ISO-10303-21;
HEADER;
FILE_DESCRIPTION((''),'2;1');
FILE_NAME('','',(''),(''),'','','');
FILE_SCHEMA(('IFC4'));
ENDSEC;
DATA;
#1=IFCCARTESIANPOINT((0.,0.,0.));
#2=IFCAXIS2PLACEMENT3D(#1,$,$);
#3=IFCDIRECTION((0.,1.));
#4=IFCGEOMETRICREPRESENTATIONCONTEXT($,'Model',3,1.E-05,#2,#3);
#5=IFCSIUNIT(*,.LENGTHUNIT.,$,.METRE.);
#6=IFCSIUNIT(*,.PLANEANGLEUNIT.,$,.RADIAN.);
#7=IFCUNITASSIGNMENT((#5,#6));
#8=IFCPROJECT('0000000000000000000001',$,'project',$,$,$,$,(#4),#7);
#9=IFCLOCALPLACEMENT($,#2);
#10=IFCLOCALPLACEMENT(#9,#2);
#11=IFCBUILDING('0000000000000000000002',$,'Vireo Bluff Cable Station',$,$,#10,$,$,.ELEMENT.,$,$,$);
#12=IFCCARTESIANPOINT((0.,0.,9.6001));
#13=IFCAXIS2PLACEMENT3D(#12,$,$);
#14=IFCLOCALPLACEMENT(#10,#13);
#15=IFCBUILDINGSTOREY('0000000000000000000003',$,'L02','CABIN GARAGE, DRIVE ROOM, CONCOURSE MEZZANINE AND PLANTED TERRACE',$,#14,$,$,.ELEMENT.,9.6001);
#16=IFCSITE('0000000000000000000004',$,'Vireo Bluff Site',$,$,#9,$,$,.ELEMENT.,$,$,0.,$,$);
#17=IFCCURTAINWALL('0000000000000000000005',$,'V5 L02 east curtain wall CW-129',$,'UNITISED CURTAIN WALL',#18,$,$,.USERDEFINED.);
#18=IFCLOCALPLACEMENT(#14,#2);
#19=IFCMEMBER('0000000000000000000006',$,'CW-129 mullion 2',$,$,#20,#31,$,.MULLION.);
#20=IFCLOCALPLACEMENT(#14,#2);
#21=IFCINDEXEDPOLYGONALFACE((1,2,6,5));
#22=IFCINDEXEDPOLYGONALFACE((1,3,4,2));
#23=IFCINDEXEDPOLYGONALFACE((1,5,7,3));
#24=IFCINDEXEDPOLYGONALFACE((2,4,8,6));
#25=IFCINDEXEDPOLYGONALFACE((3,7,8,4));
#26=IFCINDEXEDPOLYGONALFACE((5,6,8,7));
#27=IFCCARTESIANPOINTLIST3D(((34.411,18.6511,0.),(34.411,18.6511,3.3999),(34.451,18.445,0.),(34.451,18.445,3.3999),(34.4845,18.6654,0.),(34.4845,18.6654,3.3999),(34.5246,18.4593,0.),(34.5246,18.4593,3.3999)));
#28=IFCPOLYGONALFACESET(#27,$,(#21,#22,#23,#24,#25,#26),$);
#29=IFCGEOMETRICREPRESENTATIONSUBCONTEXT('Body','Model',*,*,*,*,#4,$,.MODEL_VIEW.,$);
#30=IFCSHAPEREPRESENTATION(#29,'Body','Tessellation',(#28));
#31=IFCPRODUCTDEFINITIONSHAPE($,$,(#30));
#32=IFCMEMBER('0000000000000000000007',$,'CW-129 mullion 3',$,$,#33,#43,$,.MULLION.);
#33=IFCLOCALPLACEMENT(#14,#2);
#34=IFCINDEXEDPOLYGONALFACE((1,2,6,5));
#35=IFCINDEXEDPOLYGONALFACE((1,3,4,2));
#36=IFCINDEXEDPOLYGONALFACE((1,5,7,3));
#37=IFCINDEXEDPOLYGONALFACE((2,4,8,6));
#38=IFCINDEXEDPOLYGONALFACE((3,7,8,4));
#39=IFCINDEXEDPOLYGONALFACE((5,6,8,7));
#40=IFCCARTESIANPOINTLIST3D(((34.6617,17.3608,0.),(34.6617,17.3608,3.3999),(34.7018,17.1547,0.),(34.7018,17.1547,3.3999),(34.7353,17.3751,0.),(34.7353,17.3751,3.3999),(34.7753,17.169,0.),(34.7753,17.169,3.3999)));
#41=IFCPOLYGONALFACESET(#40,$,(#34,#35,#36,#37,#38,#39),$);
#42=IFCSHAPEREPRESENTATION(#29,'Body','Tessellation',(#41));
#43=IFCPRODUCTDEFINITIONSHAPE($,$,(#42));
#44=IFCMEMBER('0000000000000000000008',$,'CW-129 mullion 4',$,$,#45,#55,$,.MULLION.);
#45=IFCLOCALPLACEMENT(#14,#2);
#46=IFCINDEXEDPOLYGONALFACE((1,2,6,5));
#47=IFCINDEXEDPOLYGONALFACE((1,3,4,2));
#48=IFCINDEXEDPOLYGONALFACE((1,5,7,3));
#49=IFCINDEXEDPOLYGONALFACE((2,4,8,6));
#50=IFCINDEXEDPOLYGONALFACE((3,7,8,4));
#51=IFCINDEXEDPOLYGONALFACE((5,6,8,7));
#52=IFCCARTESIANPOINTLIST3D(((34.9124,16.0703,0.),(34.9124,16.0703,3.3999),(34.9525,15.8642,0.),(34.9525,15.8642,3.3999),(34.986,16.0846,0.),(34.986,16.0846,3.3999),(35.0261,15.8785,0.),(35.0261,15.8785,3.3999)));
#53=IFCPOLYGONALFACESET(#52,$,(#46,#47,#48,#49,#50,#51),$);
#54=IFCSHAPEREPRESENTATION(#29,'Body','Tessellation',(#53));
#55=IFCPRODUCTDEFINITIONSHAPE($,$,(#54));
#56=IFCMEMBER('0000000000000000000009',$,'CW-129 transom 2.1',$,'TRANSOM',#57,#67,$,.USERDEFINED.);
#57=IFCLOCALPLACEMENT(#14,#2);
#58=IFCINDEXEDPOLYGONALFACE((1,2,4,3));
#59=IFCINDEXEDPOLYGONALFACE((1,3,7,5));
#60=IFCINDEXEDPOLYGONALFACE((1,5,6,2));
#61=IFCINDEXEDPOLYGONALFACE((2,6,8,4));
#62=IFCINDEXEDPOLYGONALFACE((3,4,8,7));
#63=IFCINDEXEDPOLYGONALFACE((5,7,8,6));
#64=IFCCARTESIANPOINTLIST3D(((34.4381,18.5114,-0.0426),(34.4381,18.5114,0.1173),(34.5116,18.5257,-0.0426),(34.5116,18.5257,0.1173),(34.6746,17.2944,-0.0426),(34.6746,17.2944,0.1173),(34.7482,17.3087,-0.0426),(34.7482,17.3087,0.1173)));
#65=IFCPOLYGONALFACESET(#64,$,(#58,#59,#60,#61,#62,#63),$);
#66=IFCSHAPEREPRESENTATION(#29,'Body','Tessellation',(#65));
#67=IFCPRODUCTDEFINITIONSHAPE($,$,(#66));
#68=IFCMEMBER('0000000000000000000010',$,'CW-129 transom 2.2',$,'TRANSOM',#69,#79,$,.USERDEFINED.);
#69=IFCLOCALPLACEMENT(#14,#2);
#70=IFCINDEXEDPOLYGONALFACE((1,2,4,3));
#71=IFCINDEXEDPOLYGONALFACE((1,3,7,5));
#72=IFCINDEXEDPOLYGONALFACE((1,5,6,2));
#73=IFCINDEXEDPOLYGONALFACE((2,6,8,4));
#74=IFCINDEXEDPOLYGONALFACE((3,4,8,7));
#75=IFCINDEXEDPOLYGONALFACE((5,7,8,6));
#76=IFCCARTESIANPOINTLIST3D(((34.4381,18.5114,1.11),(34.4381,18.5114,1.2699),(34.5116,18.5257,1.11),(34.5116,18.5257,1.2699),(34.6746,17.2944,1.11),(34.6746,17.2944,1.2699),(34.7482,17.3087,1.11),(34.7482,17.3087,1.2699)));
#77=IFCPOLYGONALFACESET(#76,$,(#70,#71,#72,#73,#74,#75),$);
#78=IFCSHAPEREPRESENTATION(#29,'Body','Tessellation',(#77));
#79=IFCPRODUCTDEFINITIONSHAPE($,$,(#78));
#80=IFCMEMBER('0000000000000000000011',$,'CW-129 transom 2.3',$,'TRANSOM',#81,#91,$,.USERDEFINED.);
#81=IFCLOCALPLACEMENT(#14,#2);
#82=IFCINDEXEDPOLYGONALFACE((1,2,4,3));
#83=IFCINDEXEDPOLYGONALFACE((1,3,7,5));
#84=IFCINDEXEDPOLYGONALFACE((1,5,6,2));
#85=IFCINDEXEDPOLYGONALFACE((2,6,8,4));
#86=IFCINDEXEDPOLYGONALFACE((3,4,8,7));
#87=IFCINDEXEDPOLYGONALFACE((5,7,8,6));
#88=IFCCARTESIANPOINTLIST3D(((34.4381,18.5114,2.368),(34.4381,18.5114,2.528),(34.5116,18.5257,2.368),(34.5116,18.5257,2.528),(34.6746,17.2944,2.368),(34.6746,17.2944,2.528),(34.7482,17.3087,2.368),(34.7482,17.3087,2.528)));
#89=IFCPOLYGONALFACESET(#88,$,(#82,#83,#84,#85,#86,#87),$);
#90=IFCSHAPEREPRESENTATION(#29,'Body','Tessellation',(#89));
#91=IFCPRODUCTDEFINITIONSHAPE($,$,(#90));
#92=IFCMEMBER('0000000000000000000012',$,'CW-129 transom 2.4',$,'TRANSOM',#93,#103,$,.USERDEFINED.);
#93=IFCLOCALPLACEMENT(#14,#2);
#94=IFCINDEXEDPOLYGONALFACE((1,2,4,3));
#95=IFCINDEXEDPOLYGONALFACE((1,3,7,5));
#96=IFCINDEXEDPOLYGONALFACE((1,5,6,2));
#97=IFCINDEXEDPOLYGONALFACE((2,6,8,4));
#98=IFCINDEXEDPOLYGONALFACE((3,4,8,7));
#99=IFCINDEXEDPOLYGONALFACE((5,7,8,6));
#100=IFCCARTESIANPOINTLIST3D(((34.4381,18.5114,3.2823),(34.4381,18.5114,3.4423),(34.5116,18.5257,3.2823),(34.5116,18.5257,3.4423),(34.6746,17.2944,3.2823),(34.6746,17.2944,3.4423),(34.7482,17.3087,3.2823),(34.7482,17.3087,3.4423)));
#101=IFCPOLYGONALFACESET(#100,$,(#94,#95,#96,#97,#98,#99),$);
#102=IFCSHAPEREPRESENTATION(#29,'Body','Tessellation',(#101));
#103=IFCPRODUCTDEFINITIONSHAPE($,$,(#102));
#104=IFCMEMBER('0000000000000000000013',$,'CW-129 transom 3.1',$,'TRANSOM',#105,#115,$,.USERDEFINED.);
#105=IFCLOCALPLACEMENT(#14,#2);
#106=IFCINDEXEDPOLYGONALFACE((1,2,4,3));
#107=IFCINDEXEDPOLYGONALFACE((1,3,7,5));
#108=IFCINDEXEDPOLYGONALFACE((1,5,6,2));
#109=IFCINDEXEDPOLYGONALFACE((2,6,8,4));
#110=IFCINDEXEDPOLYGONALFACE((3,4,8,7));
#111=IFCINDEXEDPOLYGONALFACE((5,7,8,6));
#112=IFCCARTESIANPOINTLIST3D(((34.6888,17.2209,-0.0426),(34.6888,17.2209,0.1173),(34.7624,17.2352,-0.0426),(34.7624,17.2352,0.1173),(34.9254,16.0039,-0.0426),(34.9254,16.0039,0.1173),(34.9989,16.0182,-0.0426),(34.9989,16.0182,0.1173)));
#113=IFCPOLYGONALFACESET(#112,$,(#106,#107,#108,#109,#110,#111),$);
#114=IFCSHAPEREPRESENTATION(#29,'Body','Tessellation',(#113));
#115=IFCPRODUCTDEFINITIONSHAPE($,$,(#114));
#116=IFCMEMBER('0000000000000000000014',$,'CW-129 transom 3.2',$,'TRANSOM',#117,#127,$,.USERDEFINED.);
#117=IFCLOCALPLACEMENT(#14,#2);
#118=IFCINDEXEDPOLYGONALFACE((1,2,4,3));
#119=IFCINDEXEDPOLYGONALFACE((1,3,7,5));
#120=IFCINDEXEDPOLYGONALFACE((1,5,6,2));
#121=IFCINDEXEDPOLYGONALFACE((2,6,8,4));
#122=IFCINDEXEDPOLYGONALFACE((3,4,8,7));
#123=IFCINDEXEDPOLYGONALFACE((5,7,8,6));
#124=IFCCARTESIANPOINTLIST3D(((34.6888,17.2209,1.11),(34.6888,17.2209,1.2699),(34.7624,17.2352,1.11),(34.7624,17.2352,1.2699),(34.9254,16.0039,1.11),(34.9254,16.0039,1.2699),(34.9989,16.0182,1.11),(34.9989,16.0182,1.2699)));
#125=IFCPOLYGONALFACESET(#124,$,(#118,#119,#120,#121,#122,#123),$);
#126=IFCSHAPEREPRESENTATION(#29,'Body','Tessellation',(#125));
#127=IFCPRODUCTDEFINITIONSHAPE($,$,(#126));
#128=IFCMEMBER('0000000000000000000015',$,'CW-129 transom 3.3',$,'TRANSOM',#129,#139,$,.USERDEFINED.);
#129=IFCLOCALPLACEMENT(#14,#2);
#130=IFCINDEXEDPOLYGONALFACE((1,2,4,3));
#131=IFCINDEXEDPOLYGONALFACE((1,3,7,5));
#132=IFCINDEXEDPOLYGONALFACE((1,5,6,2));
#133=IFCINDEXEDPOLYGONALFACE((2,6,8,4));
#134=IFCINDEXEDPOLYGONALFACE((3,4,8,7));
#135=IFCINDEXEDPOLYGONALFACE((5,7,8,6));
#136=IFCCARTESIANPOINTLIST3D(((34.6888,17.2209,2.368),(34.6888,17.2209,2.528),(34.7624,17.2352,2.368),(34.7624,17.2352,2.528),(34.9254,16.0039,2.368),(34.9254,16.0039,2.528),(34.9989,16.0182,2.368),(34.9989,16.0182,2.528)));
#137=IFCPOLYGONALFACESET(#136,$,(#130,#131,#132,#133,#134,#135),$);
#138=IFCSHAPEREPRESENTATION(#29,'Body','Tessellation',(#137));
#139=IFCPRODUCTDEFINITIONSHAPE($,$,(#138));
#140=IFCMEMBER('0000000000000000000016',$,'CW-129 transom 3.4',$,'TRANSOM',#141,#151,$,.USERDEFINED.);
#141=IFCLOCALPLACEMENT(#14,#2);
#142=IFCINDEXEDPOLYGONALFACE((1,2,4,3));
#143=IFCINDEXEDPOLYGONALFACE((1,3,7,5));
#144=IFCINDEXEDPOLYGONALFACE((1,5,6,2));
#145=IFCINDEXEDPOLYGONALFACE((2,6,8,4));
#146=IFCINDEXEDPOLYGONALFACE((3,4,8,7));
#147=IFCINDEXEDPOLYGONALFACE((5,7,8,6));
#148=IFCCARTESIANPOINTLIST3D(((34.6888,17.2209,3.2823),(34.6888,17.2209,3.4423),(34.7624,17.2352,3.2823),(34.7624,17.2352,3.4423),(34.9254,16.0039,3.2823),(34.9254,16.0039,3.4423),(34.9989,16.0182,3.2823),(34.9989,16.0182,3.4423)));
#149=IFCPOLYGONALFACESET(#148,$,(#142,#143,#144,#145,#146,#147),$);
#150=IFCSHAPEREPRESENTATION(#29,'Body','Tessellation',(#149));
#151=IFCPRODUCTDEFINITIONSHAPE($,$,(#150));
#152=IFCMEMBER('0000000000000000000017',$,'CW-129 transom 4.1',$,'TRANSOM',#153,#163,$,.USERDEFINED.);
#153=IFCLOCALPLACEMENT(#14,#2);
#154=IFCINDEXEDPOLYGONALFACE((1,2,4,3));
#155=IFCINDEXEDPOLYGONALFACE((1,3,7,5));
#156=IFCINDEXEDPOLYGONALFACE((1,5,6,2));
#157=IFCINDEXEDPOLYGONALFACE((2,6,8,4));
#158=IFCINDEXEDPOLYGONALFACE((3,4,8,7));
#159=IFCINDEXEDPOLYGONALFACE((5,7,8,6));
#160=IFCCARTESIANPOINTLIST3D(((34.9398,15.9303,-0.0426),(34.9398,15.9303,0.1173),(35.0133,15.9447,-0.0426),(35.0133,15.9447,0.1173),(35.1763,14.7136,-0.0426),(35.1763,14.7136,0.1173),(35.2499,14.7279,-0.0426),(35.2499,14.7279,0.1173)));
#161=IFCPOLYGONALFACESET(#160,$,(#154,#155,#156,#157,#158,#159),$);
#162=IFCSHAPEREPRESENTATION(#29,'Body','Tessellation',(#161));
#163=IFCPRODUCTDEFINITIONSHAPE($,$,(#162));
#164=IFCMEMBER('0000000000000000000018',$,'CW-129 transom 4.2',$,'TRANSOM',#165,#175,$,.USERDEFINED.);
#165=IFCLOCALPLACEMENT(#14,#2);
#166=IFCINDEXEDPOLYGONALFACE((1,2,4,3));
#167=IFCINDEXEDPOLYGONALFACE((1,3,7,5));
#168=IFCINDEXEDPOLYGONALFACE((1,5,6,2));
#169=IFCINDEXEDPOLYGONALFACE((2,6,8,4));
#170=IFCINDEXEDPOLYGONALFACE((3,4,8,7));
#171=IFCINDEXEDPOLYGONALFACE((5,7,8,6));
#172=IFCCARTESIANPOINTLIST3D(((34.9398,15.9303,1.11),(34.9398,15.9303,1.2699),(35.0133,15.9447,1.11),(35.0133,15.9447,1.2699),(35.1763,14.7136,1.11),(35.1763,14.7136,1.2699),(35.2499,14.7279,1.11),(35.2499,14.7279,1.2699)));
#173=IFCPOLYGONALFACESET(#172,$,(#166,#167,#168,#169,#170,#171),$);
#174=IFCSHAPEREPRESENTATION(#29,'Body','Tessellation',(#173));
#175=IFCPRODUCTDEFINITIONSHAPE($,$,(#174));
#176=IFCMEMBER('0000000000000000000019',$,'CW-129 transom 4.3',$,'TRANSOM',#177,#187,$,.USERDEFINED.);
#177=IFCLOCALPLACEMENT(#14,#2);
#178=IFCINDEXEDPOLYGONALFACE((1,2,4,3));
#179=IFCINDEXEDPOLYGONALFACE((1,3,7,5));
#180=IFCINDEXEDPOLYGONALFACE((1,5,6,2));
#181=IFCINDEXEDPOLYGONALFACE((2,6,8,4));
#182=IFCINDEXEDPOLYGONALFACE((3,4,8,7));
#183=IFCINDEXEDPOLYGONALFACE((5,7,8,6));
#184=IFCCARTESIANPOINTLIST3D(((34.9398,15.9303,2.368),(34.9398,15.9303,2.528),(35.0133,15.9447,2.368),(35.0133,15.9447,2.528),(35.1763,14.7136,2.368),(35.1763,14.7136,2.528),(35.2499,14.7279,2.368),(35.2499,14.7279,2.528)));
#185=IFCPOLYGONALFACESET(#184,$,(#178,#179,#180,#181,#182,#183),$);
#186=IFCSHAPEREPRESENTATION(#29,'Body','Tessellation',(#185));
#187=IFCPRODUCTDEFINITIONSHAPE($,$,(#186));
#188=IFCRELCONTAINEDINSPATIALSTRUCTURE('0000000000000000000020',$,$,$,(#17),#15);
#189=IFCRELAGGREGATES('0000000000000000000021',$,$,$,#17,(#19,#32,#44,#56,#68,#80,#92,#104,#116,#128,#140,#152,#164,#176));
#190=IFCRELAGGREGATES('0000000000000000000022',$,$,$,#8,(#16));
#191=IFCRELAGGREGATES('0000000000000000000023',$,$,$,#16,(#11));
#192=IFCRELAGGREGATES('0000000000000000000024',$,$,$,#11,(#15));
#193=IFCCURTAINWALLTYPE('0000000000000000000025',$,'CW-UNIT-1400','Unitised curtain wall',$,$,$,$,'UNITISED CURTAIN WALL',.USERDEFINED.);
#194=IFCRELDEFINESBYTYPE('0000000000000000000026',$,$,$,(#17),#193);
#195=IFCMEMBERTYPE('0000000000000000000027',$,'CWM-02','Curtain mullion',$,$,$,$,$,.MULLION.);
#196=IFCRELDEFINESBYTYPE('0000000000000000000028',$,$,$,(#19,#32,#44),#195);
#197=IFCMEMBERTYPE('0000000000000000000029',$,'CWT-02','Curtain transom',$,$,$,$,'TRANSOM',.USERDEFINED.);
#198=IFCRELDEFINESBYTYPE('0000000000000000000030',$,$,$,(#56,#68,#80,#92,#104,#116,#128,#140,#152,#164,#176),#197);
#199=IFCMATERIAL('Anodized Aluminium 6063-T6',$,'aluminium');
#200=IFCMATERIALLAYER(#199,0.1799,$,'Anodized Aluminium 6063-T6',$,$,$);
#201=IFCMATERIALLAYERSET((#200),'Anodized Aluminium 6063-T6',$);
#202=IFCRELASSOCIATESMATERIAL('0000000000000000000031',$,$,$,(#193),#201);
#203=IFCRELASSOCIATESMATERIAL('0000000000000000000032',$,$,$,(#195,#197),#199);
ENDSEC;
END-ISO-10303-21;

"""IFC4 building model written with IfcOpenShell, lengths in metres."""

from ifc_helpers import new_model, si_unit, direction, frame, origin, origin_2d, place, context, subcontext, project, spatial, rectangle, extrude, material, layer, layer_set, material_profile, profile_set, type_object, element, aggregate, save


model = new_model("IFC4")

# Units and contexts
model_context = context("Model", 3, precision=1e-05, world=origin(), true_north=direction((0.0, 1.0)))
body_context = subcontext(model_context, "Body", "Model", "MODEL_VIEW")
ifc_project = project(units=[si_unit("LENGTHUNIT", "METRE"), si_unit("PLANEANGLEUNIT", "RADIAN")], contexts=[model_context])

# Site, building, storey
site_placement = place(None, origin())
site = spatial("IfcSite", under=ifc_project, at=site_placement, Name="Vireo Bluff Site", CompositionType="ELEMENT", RefElevation=0.0)
building_placement = place(site_placement, origin())
building = spatial("IfcBuilding", under=site, at=building_placement, Name="Vireo Bluff Cable Station", CompositionType="ELEMENT")
storey_placement = place(building_placement, frame((0.0, 0.0, 9.6001)))
storey = spatial("IfcBuildingStorey", under=building, at=storey_placement, Name="L02", Description="CABIN GARAGE, DRIVE ROOM, CONCOURSE MEZZANINE AND PLANTED TERRACE", CompositionType="ELEMENT", Elevation=9.6001)

# Curtain wall, members
ifc_material_1 = material(Name="Anodized Aluminium 6063-T6", Category="aluminium")
ifc_layer_1 = layer(ifc_material_1, 0.1799, Name="Anodized Aluminium 6063-T6")
ifc_layer_set_1 = layer_set([ifc_layer_1], Name="Anodized Aluminium 6063-T6")
curtain_wall_type = type_object("IfcCurtainWallType", Name="CW-UNIT-1400", Description="Unitised curtain wall", ElementType="UNITISED CURTAIN WALL", PredefinedType="USERDEFINED", material=ifc_layer_set_1)
curtain_wall_placement = place(storey_placement, origin())
curtain_wall = element("IfcCurtainWall", 1, at=curtain_wall_placement, inside=storey, type_object=curtain_wall_type, Name="V5 L02 east curtain wall CW-129", ObjectType="UNITISED CURTAIN WALL", PredefinedType="USERDEFINED")
ifc_material_profile_1 = material_profile(ifc_material_1, rectangle(XDim=0.075, YDim=0.21, at=origin_2d()), Name="ALU-M-75X210")
ifc_profile_set_1 = profile_set([ifc_material_profile_1], Name="Anodized Aluminium 6063-T6")
member_type_1 = type_object("IfcMemberType", Name="CWM-02", Description="Curtain mullion", PredefinedType="MULLION", material=ifc_profile_set_1)
member_1_placement = place(storey_placement, frame((34.4678, 18.5552, 0.0), z_axis=(0.0, 0.0, 1.0), x_axis=(0.981627, 0.190809, 0.0)))
member_1 = element("IfcMember", 2, at=member_1_placement, type_object=member_type_1, Name="CW-129 mullion 2", PredefinedType="MULLION", context=body_context, shape_type="SweptSolid", body=[
    extrude(rectangle(XDim=0.075, YDim=0.21, at=origin_2d()), origin(), (0.0, 0.0, 1.0), 3.3999),
])
member_2_placement = place(storey_placement, frame((34.7185, 17.2649, 0.0), z_axis=(0.0, 0.0, 1.0), x_axis=(0.981627, 0.190809, 0.0)))
member_2 = element("IfcMember", 3, at=member_2_placement, type_object=member_type_1, Name="CW-129 mullion 3", PredefinedType="MULLION", context=body_context, shape_type="SweptSolid", body=[
    extrude(rectangle(XDim=0.075, YDim=0.21, at=origin_2d()), origin(), (0.0, 0.0, 1.0), 3.3999),
])
member_3_placement = place(storey_placement, frame((34.9692, 15.9744, 0.0), z_axis=(0.0, 0.0, 1.0), x_axis=(0.981627, 0.190809, 0.0)))
member_3 = element("IfcMember", 4, at=member_3_placement, type_object=member_type_1, Name="CW-129 mullion 4", PredefinedType="MULLION", context=body_context, shape_type="SweptSolid", body=[
    extrude(rectangle(XDim=0.075, YDim=0.21, at=origin_2d()), origin(), (0.0, 0.0, 1.0), 3.3999),
])
ifc_material_profile_2 = material_profile(ifc_material_1, rectangle(XDim=0.075, YDim=0.1599, at=origin_2d()), Name="ALU-T-75X160")
ifc_profile_set_2 = profile_set([ifc_material_profile_2], Name="Anodized Aluminium 6063-T6")
member_type_2 = type_object("IfcMemberType", Name="CWT-02", Description="Curtain transom", ElementType="TRANSOM", PredefinedType="USERDEFINED", material=ifc_profile_set_2)
member_4_placement = place(storey_placement, frame((34.4749, 18.5186, 0.0374), z_axis=(0.190812, -0.981627, 0.0), x_axis=(0.981627, 0.190812, 0.0)))
member_4 = element("IfcMember", 5, at=member_4_placement, type_object=member_type_2, Name="CW-129 transom 2.1", ObjectType="TRANSOM", PredefinedType="USERDEFINED", context=body_context, shape_type="SweptSolid", body=[
    extrude(rectangle(XDim=0.075, YDim=0.1599, at=origin_2d()), origin(), (0.0, 0.0, 1.0), 1.2397),
])
member_5_placement = place(storey_placement, frame((34.4749, 18.5186, 1.1899), z_axis=(0.190812, -0.981627, 0.0), x_axis=(0.981627, 0.190812, 0.0)))
member_5 = element("IfcMember", 6, at=member_5_placement, type_object=member_type_2, Name="CW-129 transom 2.2", ObjectType="TRANSOM", PredefinedType="USERDEFINED", context=body_context, shape_type="SweptSolid", body=[
    extrude(rectangle(XDim=0.075, YDim=0.1599, at=origin_2d()), origin(), (0.0, 0.0, 1.0), 1.2397),
])
member_6_placement = place(storey_placement, frame((34.4749, 18.5186, 2.448), z_axis=(0.190812, -0.981627, 0.0), x_axis=(0.981627, 0.190812, 0.0)))
member_6 = element("IfcMember", 7, at=member_6_placement, type_object=member_type_2, Name="CW-129 transom 2.3", ObjectType="TRANSOM", PredefinedType="USERDEFINED", context=body_context, shape_type="SweptSolid", body=[
    extrude(rectangle(XDim=0.075, YDim=0.1599, at=origin_2d()), origin(), (0.0, 0.0, 1.0), 1.2397),
])
member_7_placement = place(storey_placement, frame((34.4749, 18.5186, 3.3623), z_axis=(0.190812, -0.981627, 0.0), x_axis=(0.981627, 0.190812, 0.0)))
member_7 = element("IfcMember", 8, at=member_7_placement, type_object=member_type_2, Name="CW-129 transom 2.4", ObjectType="TRANSOM", PredefinedType="USERDEFINED", context=body_context, shape_type="SweptSolid", body=[
    extrude(rectangle(XDim=0.075, YDim=0.1599, at=origin_2d()), origin(), (0.0, 0.0, 1.0), 1.2397),
])
member_8_placement = place(storey_placement, frame((34.7256, 17.228, 0.0374), z_axis=(0.190812, -0.981627, 0.0), x_axis=(0.981627, 0.190812, 0.0)))
member_8 = element("IfcMember", 9, at=member_8_placement, type_object=member_type_2, Name="CW-129 transom 3.1", ObjectType="TRANSOM", PredefinedType="USERDEFINED", context=body_context, shape_type="SweptSolid", body=[
    extrude(rectangle(XDim=0.075, YDim=0.1599, at=origin_2d()), origin(), (0.0, 0.0, 1.0), 1.2397),
])
member_9_placement = place(storey_placement, frame((34.7256, 17.228, 1.1899), z_axis=(0.190812, -0.981627, 0.0), x_axis=(0.981627, 0.190812, 0.0)))
member_9 = element("IfcMember", 10, at=member_9_placement, type_object=member_type_2, Name="CW-129 transom 3.2", ObjectType="TRANSOM", PredefinedType="USERDEFINED", context=body_context, shape_type="SweptSolid", body=[
    extrude(rectangle(XDim=0.075, YDim=0.1599, at=origin_2d()), origin(), (0.0, 0.0, 1.0), 1.2397),
])
member_10_placement = place(storey_placement, frame((34.7256, 17.228, 2.448), z_axis=(0.190812, -0.981627, 0.0), x_axis=(0.981627, 0.190812, 0.0)))
member_10 = element("IfcMember", 11, at=member_10_placement, type_object=member_type_2, Name="CW-129 transom 3.3", ObjectType="TRANSOM", PredefinedType="USERDEFINED", context=body_context, shape_type="SweptSolid", body=[
    extrude(rectangle(XDim=0.075, YDim=0.1599, at=origin_2d()), origin(), (0.0, 0.0, 1.0), 1.2397),
])
member_11_placement = place(storey_placement, frame((34.7256, 17.228, 3.3623), z_axis=(0.190812, -0.981627, 0.0), x_axis=(0.981627, 0.190812, 0.0)))
member_11 = element("IfcMember", 12, at=member_11_placement, type_object=member_type_2, Name="CW-129 transom 3.4", ObjectType="TRANSOM", PredefinedType="USERDEFINED", context=body_context, shape_type="SweptSolid", body=[
    extrude(rectangle(XDim=0.075, YDim=0.1599, at=origin_2d()), origin(), (0.0, 0.0, 1.0), 1.2397),
])
member_12_placement = place(storey_placement, frame((34.9766, 15.9375, 0.0374), z_axis=(0.190849, -0.981619, 0.0), x_axis=(0.981619, 0.190849, 0.0)))
member_12 = element("IfcMember", 13, at=member_12_placement, type_object=member_type_2, Name="CW-129 transom 4.1", ObjectType="TRANSOM", PredefinedType="USERDEFINED", context=body_context, shape_type="SweptSolid", body=[
    extrude(rectangle(XDim=0.075, YDim=0.1599, at=origin_2d()), origin(), (0.0, 0.0, 1.0), 1.2395),
])
member_13_placement = place(storey_placement, frame((34.9766, 15.9375, 1.1899), z_axis=(0.190849, -0.981619, 0.0), x_axis=(0.981619, 0.190849, 0.0)))
member_13 = element("IfcMember", 14, at=member_13_placement, type_object=member_type_2, Name="CW-129 transom 4.2", ObjectType="TRANSOM", PredefinedType="USERDEFINED", context=body_context, shape_type="SweptSolid", body=[
    extrude(rectangle(XDim=0.075, YDim=0.1599, at=origin_2d()), origin(), (0.0, 0.0, 1.0), 1.2395),
])
member_14_placement = place(storey_placement, frame((34.9766, 15.9375, 2.448), z_axis=(0.190849, -0.981619, 0.0), x_axis=(0.981619, 0.190849, 0.0)))
member_14 = element("IfcMember", 15, at=member_14_placement, type_object=member_type_2, Name="CW-129 transom 4.3", ObjectType="TRANSOM", PredefinedType="USERDEFINED", context=body_context, shape_type="SweptSolid", body=[
    extrude(rectangle(XDim=0.075, YDim=0.1599, at=origin_2d()), origin(), (0.0, 0.0, 1.0), 1.2395),
])
aggregate(curtain_wall, [member_1, member_2, member_3, member_4, member_5, member_6, member_7, member_8, member_9, member_10, member_11, member_12, member_13, member_14])

save(model, "model.ifc")
